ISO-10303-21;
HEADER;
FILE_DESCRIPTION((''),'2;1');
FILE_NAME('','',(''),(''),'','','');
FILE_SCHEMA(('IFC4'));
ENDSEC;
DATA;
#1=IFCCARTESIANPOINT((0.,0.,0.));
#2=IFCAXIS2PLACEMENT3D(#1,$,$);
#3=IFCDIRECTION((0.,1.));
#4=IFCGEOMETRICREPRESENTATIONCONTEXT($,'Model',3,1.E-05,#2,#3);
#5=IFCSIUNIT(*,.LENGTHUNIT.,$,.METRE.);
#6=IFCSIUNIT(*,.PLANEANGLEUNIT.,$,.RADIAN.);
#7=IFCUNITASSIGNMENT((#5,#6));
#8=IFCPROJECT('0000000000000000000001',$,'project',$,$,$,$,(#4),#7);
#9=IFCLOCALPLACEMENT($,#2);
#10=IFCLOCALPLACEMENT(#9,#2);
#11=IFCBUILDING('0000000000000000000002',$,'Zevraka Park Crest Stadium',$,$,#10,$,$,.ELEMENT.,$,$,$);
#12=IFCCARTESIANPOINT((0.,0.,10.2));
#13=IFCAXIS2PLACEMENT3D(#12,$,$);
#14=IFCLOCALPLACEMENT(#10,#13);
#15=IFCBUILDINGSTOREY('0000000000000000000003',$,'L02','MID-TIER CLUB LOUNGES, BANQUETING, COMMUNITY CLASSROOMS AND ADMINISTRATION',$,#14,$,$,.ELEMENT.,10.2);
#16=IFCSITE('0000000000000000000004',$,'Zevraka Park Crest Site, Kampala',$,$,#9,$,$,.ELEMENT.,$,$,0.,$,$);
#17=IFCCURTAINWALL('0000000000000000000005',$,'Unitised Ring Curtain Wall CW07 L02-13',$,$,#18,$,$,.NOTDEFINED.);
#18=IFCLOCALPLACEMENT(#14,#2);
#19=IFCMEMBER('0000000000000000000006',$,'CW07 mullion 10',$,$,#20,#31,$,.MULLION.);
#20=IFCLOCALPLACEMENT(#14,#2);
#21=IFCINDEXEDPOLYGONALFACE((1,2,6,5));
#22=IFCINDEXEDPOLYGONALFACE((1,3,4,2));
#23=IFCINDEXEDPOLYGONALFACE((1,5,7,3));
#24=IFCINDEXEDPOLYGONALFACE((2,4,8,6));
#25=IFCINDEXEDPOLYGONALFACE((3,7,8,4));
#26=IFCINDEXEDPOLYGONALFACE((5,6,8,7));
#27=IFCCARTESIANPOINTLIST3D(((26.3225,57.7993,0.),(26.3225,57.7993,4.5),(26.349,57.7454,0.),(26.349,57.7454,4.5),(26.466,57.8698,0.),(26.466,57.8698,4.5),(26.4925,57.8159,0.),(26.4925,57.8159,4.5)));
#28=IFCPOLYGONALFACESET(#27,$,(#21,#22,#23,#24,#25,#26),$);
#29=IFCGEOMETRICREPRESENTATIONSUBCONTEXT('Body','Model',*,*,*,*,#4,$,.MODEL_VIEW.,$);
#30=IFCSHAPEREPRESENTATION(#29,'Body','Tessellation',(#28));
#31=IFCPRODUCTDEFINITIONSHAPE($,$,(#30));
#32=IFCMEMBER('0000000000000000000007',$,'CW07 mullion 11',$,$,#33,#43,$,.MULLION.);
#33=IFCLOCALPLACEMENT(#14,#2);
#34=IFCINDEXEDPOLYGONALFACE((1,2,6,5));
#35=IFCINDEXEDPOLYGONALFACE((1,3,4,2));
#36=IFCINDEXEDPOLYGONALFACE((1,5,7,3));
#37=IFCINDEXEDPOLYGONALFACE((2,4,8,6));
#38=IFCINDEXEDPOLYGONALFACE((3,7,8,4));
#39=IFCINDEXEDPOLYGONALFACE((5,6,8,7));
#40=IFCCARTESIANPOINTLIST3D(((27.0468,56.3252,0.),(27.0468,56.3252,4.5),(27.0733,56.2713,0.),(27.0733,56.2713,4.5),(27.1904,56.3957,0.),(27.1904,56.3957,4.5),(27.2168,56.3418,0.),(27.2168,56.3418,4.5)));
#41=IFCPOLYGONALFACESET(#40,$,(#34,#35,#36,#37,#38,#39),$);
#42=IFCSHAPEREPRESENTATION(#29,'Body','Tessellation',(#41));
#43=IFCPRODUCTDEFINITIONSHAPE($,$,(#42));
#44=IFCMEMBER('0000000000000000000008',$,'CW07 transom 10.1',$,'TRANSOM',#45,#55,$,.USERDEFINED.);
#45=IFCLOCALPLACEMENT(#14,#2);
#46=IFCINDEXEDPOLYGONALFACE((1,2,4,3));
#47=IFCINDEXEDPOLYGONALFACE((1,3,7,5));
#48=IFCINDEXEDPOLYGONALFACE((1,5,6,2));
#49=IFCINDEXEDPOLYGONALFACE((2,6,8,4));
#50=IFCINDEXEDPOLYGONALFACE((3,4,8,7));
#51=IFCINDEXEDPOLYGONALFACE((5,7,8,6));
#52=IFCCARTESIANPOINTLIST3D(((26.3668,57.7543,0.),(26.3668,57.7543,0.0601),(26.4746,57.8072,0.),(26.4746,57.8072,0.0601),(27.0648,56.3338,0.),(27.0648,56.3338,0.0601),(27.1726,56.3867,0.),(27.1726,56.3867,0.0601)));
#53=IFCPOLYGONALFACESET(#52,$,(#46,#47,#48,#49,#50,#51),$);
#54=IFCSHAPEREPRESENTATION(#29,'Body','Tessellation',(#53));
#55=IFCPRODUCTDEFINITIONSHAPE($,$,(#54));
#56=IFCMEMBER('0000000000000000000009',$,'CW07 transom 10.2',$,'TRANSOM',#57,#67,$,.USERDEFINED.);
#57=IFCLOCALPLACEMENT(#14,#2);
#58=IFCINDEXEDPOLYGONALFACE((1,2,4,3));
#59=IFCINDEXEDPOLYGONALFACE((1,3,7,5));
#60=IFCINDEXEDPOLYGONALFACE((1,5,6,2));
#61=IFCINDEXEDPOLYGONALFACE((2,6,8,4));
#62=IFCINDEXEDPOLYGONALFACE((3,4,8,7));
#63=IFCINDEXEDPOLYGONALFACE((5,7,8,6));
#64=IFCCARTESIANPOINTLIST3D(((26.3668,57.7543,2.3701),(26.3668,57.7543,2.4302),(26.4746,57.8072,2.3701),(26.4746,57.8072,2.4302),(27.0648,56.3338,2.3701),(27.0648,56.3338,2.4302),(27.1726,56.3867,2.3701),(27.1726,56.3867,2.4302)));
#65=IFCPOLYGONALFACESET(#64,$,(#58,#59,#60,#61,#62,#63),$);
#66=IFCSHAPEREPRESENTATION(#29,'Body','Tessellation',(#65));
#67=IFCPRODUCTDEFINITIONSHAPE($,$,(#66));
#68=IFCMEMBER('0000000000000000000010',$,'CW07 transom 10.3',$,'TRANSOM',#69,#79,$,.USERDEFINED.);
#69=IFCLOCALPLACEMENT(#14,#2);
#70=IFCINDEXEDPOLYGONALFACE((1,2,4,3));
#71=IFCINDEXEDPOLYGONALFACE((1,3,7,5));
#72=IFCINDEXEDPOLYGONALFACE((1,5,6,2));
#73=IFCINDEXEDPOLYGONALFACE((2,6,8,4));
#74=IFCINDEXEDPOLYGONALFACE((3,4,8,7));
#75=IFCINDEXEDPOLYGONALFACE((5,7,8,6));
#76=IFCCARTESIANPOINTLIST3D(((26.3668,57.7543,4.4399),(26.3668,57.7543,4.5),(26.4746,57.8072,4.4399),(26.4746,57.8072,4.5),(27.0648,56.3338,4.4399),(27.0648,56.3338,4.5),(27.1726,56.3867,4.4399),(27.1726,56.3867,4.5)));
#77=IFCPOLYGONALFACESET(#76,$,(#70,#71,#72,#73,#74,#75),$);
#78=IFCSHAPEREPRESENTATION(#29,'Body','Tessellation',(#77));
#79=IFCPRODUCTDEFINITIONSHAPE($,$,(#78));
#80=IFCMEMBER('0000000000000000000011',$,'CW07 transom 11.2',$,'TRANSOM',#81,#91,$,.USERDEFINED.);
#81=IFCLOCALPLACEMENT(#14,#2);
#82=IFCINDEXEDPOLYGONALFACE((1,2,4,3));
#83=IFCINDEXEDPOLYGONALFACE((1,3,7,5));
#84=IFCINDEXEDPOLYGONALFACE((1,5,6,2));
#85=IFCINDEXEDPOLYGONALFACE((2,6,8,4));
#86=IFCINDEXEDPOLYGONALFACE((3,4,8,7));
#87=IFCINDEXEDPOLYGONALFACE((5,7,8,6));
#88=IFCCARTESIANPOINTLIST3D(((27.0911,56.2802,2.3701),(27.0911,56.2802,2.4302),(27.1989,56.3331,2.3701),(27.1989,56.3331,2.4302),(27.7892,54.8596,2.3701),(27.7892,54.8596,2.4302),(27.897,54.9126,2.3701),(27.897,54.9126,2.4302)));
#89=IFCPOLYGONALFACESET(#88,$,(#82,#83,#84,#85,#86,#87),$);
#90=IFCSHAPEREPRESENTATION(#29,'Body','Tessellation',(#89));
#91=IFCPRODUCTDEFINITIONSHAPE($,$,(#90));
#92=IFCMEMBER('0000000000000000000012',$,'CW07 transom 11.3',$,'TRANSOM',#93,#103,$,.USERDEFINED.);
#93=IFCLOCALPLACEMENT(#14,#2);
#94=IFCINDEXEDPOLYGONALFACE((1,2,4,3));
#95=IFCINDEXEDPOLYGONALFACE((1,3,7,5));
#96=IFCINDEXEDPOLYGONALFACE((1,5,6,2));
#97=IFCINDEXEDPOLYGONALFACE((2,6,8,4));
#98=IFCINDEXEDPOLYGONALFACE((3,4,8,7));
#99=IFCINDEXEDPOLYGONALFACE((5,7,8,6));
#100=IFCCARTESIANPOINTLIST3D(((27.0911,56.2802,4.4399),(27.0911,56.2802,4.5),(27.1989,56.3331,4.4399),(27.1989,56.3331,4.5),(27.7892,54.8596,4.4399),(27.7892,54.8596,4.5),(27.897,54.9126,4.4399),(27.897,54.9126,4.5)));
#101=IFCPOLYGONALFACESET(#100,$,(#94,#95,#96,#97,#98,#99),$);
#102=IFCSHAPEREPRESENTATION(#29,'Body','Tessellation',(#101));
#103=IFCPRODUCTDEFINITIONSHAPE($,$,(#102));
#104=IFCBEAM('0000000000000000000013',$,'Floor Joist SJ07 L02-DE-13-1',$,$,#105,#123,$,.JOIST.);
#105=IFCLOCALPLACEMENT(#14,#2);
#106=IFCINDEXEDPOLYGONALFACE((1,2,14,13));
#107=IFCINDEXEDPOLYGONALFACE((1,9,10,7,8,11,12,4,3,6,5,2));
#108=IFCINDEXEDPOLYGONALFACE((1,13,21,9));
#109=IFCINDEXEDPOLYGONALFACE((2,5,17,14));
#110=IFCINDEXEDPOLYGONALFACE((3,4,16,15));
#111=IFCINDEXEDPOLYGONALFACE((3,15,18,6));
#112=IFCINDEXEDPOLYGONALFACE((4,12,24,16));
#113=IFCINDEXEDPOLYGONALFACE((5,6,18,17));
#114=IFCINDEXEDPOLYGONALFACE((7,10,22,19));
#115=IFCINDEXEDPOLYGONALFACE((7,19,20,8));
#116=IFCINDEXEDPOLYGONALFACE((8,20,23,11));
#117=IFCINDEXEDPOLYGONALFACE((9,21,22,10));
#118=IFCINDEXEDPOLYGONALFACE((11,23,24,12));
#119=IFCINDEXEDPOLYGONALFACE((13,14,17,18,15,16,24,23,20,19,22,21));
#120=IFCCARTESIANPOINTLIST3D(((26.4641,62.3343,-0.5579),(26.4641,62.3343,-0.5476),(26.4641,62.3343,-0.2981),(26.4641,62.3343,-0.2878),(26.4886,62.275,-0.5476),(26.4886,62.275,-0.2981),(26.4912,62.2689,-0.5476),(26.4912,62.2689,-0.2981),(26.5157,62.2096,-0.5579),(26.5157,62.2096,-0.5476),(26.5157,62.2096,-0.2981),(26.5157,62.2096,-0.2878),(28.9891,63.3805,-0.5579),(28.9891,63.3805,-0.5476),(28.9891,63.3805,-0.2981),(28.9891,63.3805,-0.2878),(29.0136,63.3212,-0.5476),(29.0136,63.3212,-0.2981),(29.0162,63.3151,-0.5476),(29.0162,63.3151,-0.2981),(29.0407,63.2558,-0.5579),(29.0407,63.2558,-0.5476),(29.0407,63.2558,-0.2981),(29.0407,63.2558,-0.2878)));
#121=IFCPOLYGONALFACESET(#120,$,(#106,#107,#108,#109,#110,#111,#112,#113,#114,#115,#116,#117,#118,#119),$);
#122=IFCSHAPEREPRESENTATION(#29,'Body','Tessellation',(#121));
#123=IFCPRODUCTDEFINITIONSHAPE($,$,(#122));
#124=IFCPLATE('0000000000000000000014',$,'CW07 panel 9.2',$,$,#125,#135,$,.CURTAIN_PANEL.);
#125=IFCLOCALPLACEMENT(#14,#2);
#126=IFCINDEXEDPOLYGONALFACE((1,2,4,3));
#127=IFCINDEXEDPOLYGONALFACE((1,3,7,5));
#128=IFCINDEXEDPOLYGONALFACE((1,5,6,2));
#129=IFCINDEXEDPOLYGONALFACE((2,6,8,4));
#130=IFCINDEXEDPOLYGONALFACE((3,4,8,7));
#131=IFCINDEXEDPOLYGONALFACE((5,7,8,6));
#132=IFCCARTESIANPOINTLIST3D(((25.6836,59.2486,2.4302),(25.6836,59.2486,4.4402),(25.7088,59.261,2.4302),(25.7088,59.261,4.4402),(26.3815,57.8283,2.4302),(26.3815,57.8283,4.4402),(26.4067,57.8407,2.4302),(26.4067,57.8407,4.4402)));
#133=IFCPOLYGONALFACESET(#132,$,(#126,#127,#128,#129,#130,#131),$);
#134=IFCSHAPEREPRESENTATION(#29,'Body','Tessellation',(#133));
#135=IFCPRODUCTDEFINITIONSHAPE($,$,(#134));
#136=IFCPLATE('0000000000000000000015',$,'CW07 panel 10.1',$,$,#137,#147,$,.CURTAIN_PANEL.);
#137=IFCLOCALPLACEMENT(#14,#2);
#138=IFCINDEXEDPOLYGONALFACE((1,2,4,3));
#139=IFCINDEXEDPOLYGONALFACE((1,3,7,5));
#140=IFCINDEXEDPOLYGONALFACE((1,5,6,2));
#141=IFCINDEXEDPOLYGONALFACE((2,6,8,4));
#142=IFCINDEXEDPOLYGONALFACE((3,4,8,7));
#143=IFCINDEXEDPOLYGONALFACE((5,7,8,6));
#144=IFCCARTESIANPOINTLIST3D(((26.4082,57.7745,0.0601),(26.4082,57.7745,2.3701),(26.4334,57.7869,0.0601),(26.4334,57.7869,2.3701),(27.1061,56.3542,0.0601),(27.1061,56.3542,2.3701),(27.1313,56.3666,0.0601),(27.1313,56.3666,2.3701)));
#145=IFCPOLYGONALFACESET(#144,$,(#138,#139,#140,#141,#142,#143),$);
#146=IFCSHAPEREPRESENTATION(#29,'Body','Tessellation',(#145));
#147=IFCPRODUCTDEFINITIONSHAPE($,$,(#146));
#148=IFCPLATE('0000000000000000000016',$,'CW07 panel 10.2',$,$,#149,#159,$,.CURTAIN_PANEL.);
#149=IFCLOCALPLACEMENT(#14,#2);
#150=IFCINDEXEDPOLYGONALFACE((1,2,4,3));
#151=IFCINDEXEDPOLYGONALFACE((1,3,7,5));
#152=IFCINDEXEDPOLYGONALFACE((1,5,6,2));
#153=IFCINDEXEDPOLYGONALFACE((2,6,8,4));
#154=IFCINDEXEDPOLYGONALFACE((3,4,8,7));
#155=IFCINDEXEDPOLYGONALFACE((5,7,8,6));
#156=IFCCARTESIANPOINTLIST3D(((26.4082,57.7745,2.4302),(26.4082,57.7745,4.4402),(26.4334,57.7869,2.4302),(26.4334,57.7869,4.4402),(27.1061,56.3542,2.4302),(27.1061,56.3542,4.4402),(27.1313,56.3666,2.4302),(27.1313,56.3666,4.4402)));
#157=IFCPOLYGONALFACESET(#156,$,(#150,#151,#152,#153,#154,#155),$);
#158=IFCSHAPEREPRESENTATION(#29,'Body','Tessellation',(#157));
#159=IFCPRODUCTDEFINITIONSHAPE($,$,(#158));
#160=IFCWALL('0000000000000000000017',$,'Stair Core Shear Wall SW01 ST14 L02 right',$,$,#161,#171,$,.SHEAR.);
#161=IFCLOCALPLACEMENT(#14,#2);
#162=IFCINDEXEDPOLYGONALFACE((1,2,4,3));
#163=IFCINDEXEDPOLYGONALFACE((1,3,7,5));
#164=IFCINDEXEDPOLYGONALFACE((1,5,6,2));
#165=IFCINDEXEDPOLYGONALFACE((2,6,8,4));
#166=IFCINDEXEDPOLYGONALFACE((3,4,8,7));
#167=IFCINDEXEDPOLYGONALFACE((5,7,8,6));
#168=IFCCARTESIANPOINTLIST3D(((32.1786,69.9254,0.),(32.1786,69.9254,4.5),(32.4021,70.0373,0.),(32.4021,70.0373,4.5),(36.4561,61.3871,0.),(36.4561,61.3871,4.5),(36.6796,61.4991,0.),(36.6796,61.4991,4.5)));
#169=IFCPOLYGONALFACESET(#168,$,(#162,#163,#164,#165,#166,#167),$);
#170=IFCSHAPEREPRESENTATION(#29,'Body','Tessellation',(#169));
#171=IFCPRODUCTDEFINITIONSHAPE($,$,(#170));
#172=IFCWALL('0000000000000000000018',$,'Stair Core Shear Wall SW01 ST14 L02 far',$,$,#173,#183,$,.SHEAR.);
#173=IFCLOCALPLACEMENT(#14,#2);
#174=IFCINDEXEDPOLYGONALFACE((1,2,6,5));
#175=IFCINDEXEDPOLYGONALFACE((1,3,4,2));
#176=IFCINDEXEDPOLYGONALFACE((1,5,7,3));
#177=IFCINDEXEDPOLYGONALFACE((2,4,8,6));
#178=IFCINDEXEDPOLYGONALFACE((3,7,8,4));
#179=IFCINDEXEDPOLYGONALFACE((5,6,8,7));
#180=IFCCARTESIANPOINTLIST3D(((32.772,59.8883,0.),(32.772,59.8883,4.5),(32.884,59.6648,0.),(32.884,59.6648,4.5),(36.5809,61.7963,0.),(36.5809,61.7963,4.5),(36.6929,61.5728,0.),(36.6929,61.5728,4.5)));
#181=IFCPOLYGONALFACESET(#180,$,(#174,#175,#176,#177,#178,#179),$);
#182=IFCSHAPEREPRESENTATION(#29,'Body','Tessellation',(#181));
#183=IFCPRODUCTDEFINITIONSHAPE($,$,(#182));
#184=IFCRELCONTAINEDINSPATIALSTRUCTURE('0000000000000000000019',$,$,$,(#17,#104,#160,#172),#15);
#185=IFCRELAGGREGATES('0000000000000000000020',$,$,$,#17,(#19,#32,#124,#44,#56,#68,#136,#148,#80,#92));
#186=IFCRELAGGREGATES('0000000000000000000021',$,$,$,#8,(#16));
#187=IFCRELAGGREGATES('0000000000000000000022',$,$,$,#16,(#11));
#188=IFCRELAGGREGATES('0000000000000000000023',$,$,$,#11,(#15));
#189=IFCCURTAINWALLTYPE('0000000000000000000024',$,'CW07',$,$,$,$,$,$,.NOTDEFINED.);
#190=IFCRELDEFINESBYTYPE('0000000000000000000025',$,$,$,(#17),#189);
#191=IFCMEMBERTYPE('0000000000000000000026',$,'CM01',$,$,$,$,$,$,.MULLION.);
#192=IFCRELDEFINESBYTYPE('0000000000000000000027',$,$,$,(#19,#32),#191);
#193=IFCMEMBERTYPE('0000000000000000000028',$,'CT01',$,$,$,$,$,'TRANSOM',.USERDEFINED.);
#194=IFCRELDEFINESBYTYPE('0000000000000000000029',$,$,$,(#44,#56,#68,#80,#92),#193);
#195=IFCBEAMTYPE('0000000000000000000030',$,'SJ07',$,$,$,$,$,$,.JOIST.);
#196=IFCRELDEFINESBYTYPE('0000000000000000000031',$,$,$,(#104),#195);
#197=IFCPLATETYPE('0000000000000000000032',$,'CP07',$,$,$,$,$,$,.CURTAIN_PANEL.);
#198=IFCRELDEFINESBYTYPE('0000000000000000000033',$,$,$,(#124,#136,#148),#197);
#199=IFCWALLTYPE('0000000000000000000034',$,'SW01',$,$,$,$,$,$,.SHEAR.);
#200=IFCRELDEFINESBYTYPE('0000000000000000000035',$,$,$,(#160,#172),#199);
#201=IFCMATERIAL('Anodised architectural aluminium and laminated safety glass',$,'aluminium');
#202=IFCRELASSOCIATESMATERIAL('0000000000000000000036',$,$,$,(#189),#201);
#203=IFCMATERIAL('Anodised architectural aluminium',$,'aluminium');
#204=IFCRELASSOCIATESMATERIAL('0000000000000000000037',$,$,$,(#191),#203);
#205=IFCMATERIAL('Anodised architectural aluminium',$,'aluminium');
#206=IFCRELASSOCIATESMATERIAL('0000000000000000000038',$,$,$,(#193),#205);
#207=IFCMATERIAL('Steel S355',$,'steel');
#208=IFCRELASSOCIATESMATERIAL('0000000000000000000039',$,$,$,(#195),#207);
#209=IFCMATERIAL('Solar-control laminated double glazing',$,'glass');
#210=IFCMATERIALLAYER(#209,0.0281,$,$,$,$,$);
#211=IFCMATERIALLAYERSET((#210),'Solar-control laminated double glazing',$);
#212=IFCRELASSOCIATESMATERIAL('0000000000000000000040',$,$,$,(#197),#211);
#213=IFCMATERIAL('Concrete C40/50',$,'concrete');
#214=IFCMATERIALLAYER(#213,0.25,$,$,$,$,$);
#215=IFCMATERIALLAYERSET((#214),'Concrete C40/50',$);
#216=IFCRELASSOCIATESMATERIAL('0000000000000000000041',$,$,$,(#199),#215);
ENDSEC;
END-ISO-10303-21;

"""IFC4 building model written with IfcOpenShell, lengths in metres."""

from ifc_helpers import new_model, si_unit, direction, frame, frame_2d, origin, origin_2d, place, context, subcontext, project, spatial, rectangle, i_section, extrude, material, layer, layer_set, material_profile, profile_set, type_object, element, aggregate, save


model = new_model("IFC4")

# Units and contexts
model_context = context("Model", 3, precision=1e-05, world=origin(), true_north=direction((0.0, 1.0)))
body_context = subcontext(model_context, "Body", "Model", "MODEL_VIEW")
ifc_project = project(units=[si_unit("LENGTHUNIT", "METRE"), si_unit("PLANEANGLEUNIT", "RADIAN")], contexts=[model_context])

# Site, building, storey
site_placement = place(None, origin())
site = spatial("IfcSite", under=ifc_project, at=site_placement, Name="Zevraka Park Crest Site, Kampala", CompositionType="ELEMENT", RefElevation=0.0)
building_placement = place(site_placement, origin())
building = spatial("IfcBuilding", under=site, at=building_placement, Name="Zevraka Park Crest Stadium", CompositionType="ELEMENT")
storey_placement = place(building_placement, frame((0.0, 0.0, 10.2)))
storey = spatial("IfcBuildingStorey", under=building, at=storey_placement, Name="L02", Description="MID-TIER CLUB LOUNGES, BANQUETING, COMMUNITY CLASSROOMS AND ADMINISTRATION", CompositionType="ELEMENT", Elevation=10.2)

# Curtain wall, members
ifc_material_1 = material(Name="Anodised architectural aluminium and laminated safety glass", Category="aluminium")
curtain_wall_type = type_object("IfcCurtainWallType", Name="CW07", PredefinedType="NOTDEFINED", material=ifc_material_1)
curtain_wall_placement = place(storey_placement, origin())
curtain_wall = element("IfcCurtainWall", 1, at=curtain_wall_placement, inside=storey, type_object=curtain_wall_type, Name="Unitised Ring Curtain Wall CW07 L02-13", PredefinedType="NOTDEFINED")
ifc_material_2 = material(Name="Anodised architectural aluminium", Category="aluminium")
ifc_material_profile_1 = material_profile(ifc_material_2, rectangle(XDim=0.1599, YDim=0.0601, at=origin_2d()), Name="ALU MULLION 160x60")
ifc_profile_set_1 = profile_set([ifc_material_profile_1], Name="Anodised architectural aluminium")
member_type_1 = type_object("IfcMemberType", Name="CM01", PredefinedType="MULLION", material=ifc_profile_set_1)
member_1_placement = place(storey_placement, frame((26.4075, 57.8076, 0.0), z_axis=(0.0, 0.0, 1.0), x_axis=(0.897497, 0.441021, 0.0)))
member_1 = element("IfcMember", 2, at=member_1_placement, type_object=member_type_1, Name="CW07 mullion 10", PredefinedType="MULLION", context=body_context, shape_type="SweptSolid", body=[
    extrude(rectangle(XDim=0.1599, YDim=0.0601, at=origin_2d()), origin(), (0.0, 0.0, 1.0), 4.5),
])
member_2_placement = place(storey_placement, frame((27.1318, 56.3335, 0.0), z_axis=(0.0, 0.0, 1.0), x_axis=(0.897497, 0.441021, 0.0)))
member_2 = element("IfcMember", 3, at=member_2_placement, type_object=member_type_1, Name="CW07 mullion 11", PredefinedType="MULLION", context=body_context, shape_type="SweptSolid", body=[
    extrude(rectangle(XDim=0.1599, YDim=0.0601, at=origin_2d()), origin(), (0.0, 0.0, 1.0), 4.5),
])
ifc_material_3 = material(Name="Anodised architectural aluminium", Category="aluminium")
ifc_material_profile_2 = material_profile(ifc_material_3, rectangle(XDim=0.1201, YDim=0.0601, at=origin_2d()), Name="ALU TRANSOM 120x60")
ifc_profile_set_2 = profile_set([ifc_material_profile_2], Name="Anodised architectural aluminium")
member_type_2 = type_object("IfcMemberType", Name="CT01", ElementType="TRANSOM", PredefinedType="USERDEFINED", material=ifc_profile_set_2)
member_3_placement = place(storey_placement, frame((26.4207, 57.7808, 0.03), z_axis=(0.441033, -0.897491, 0.0), x_axis=(0.897491, 0.441033, 0.0)))
member_3 = element("IfcMember", 4, at=member_3_placement, type_object=member_type_2, Name="CW07 transom 10.1", ObjectType="TRANSOM", PredefinedType="USERDEFINED", context=body_context, shape_type="SweptSolid", body=[
    extrude(rectangle(XDim=0.1201, YDim=0.0601, at=origin_2d()), origin(), (0.0, 0.0, 1.0), 1.5828),
])
member_4_placement = place(storey_placement, frame((26.4207, 57.7808, 2.4001), z_axis=(0.441033, -0.897491, 0.0), x_axis=(0.897491, 0.441033, 0.0)))
member_4 = element("IfcMember", 5, at=member_4_placement, type_object=member_type_2, Name="CW07 transom 10.2", ObjectType="TRANSOM", PredefinedType="USERDEFINED", context=body_context, shape_type="SweptSolid", body=[
    extrude(rectangle(XDim=0.1201, YDim=0.0601, at=origin_2d()), origin(), (0.0, 0.0, 1.0), 1.5828),
])
member_5_placement = place(storey_placement, frame((26.4207, 57.7808, 4.47), z_axis=(0.441033, -0.897491, 0.0), x_axis=(0.897491, 0.441033, 0.0)))
member_5 = element("IfcMember", 6, at=member_5_placement, type_object=member_type_2, Name="CW07 transom 10.3", ObjectType="TRANSOM", PredefinedType="USERDEFINED", context=body_context, shape_type="SweptSolid", body=[
    extrude(rectangle(XDim=0.1201, YDim=0.0601, at=origin_2d()), origin(), (0.0, 0.0, 1.0), 1.5828),
])
member_6_placement = place(storey_placement, frame((27.145, 56.3066, 2.4001), z_axis=(0.441033, -0.897491, 0.0), x_axis=(0.897491, 0.441033, 0.0)))
member_6 = element("IfcMember", 7, at=member_6_placement, type_object=member_type_2, Name="CW07 transom 11.2", ObjectType="TRANSOM", PredefinedType="USERDEFINED", context=body_context, shape_type="SweptSolid", body=[
    extrude(rectangle(XDim=0.1201, YDim=0.0601, at=origin_2d()), origin(), (0.0, 0.0, 1.0), 1.5828),
])
member_7_placement = place(storey_placement, frame((27.145, 56.3066, 4.47), z_axis=(0.441033, -0.897491, 0.0), x_axis=(0.897491, 0.441033, 0.0)))
member_7 = element("IfcMember", 8, at=member_7_placement, type_object=member_type_2, Name="CW07 transom 11.3", ObjectType="TRANSOM", PredefinedType="USERDEFINED", context=body_context, shape_type="SweptSolid", body=[
    extrude(rectangle(XDim=0.1201, YDim=0.0601, at=origin_2d()), origin(), (0.0, 0.0, 1.0), 1.5828),
])

# Beam
ifc_material_4 = material(Name="Steel S355", Category="steel")
ifc_material_profile_3 = material_profile(ifc_material_4, i_section(OverallWidth=0.135, OverallDepth=0.27, WebThickness=0.0066, FlangeThickness=0.0103, at=origin_2d()), Name="IPE 270")
ifc_profile_set_3 = profile_set([ifc_material_profile_3], Name="Steel S355")
beam_type = type_object("IfcBeamType", Name="SJ07", PredefinedType="JOIST", material=ifc_profile_set_3)
beam_placement = place(storey_placement, frame((29.0149, 63.3181, -0.4229), z_axis=(-0.923842, -0.382775, 0.0), x_axis=(0.382775, -0.923842, 0.0)))
element("IfcBeam", 9, at=beam_placement, inside=storey, type_object=beam_type, Name="Floor Joist SJ07 L02-DE-13-1", PredefinedType="JOIST", context=body_context, shape_type="SweptSolid", body=[
    extrude(i_section(OverallWidth=0.135, OverallDepth=0.27, WebThickness=0.0066, FlangeThickness=0.0103, at=origin_2d()), origin(), (0.0, 0.0, 1.0), 2.7332),
])

# Plates
ifc_material_5 = material(Name="Solar-control laminated double glazing", Category="glass")
ifc_layer_1 = layer(ifc_material_5, 0.0281)
ifc_layer_set_1 = layer_set([ifc_layer_1], Name="Solar-control laminated double glazing")
plate_type = type_object("IfcPlateType", Name="CP07", PredefinedType="CURTAIN_PANEL", material=ifc_layer_set_1)
plate_1_placement = place(storey_placement, frame((26.0452, 58.5447, 2.4302), z_axis=(0.0, 0.0, 1.0), x_axis=(0.441021, -0.897497, 0.0)))
plate_1 = element("IfcPlate", 10, at=plate_1_placement, type_object=plate_type, Name="CW07 panel 9.2", PredefinedType="CURTAIN_PANEL", context=body_context, shape_type="SweptSolid", body=[
    extrude(rectangle(XDim=1.5825, YDim=0.0281, at=origin_2d()), origin(), (0.0, 0.0, 1.0), 2.01),
])
plate_2_placement = place(storey_placement, frame((26.7698, 57.0706, 0.0601), z_axis=(0.0, 0.0, 1.0), x_axis=(0.441021, -0.897497, 0.0)))
plate_2 = element("IfcPlate", 11, at=plate_2_placement, type_object=plate_type, Name="CW07 panel 10.1", PredefinedType="CURTAIN_PANEL", context=body_context, shape_type="SweptSolid", body=[
    extrude(rectangle(XDim=1.5825, YDim=0.0281, at=origin_2d()), origin(), (0.0, 0.0, 1.0), 2.3101),
])
plate_3_placement = place(storey_placement, frame((26.7698, 57.0706, 2.4302), z_axis=(0.0, 0.0, 1.0), x_axis=(0.441021, -0.897497, 0.0)))
plate_3 = element("IfcPlate", 12, at=plate_3_placement, type_object=plate_type, Name="CW07 panel 10.2", PredefinedType="CURTAIN_PANEL", context=body_context, shape_type="SweptSolid", body=[
    extrude(rectangle(XDim=1.5825, YDim=0.0281, at=origin_2d()), origin(), (0.0, 0.0, 1.0), 2.01),
])
aggregate(curtain_wall, [member_1, member_2, plate_1, member_3, member_4, member_5, plate_2, plate_3, member_6, member_7])

# Walls
ifc_material_6 = material(Name="Concrete C40/50", Category="concrete")
ifc_layer_2 = layer(ifc_material_6, 0.25)
ifc_layer_set_2 = layer_set([ifc_layer_2], Name="Concrete C40/50")
wall_type = type_object("IfcWallType", Name="SW01", PredefinedType="SHEAR", material=ifc_layer_set_2)
wall_1_placement = place(storey_placement, frame((36.5679, 61.4431, 0.0), z_axis=(0.0, 0.0, 1.0), x_axis=(-0.447919, 0.894074, 0.0)))
element("IfcWall", 13, at=wall_1_placement, inside=storey, type_object=wall_type, Name="Stair Core Shear Wall SW01 ST14 L02 right", PredefinedType="SHEAR", context=body_context, shape_type="SweptSolid", body=[
    extrude(rectangle(XDim=9.5498, YDim=0.25, at=frame_2d((4.7749, 0.0))), origin(), (0.0, 0.0, 1.0), 4.5),
])
wall_2_placement = place(storey_placement, frame((32.8281, 59.7766, 0.0), z_axis=(0.0, 0.0, 1.0), x_axis=(0.894095, 0.447878, 0.0)))
element("IfcWall", 14, at=wall_2_placement, inside=storey, type_object=wall_type, Name="Stair Core Shear Wall SW01 ST14 L02 far", PredefinedType="SHEAR", context=body_context, shape_type="SweptSolid", body=[
    extrude(rectangle(XDim=4.26, YDim=0.25, at=frame_2d((2.1299, 0.0))), origin(), (0.0, 0.0, 1.0), 4.5),
])

save(model, "model.ifc")
